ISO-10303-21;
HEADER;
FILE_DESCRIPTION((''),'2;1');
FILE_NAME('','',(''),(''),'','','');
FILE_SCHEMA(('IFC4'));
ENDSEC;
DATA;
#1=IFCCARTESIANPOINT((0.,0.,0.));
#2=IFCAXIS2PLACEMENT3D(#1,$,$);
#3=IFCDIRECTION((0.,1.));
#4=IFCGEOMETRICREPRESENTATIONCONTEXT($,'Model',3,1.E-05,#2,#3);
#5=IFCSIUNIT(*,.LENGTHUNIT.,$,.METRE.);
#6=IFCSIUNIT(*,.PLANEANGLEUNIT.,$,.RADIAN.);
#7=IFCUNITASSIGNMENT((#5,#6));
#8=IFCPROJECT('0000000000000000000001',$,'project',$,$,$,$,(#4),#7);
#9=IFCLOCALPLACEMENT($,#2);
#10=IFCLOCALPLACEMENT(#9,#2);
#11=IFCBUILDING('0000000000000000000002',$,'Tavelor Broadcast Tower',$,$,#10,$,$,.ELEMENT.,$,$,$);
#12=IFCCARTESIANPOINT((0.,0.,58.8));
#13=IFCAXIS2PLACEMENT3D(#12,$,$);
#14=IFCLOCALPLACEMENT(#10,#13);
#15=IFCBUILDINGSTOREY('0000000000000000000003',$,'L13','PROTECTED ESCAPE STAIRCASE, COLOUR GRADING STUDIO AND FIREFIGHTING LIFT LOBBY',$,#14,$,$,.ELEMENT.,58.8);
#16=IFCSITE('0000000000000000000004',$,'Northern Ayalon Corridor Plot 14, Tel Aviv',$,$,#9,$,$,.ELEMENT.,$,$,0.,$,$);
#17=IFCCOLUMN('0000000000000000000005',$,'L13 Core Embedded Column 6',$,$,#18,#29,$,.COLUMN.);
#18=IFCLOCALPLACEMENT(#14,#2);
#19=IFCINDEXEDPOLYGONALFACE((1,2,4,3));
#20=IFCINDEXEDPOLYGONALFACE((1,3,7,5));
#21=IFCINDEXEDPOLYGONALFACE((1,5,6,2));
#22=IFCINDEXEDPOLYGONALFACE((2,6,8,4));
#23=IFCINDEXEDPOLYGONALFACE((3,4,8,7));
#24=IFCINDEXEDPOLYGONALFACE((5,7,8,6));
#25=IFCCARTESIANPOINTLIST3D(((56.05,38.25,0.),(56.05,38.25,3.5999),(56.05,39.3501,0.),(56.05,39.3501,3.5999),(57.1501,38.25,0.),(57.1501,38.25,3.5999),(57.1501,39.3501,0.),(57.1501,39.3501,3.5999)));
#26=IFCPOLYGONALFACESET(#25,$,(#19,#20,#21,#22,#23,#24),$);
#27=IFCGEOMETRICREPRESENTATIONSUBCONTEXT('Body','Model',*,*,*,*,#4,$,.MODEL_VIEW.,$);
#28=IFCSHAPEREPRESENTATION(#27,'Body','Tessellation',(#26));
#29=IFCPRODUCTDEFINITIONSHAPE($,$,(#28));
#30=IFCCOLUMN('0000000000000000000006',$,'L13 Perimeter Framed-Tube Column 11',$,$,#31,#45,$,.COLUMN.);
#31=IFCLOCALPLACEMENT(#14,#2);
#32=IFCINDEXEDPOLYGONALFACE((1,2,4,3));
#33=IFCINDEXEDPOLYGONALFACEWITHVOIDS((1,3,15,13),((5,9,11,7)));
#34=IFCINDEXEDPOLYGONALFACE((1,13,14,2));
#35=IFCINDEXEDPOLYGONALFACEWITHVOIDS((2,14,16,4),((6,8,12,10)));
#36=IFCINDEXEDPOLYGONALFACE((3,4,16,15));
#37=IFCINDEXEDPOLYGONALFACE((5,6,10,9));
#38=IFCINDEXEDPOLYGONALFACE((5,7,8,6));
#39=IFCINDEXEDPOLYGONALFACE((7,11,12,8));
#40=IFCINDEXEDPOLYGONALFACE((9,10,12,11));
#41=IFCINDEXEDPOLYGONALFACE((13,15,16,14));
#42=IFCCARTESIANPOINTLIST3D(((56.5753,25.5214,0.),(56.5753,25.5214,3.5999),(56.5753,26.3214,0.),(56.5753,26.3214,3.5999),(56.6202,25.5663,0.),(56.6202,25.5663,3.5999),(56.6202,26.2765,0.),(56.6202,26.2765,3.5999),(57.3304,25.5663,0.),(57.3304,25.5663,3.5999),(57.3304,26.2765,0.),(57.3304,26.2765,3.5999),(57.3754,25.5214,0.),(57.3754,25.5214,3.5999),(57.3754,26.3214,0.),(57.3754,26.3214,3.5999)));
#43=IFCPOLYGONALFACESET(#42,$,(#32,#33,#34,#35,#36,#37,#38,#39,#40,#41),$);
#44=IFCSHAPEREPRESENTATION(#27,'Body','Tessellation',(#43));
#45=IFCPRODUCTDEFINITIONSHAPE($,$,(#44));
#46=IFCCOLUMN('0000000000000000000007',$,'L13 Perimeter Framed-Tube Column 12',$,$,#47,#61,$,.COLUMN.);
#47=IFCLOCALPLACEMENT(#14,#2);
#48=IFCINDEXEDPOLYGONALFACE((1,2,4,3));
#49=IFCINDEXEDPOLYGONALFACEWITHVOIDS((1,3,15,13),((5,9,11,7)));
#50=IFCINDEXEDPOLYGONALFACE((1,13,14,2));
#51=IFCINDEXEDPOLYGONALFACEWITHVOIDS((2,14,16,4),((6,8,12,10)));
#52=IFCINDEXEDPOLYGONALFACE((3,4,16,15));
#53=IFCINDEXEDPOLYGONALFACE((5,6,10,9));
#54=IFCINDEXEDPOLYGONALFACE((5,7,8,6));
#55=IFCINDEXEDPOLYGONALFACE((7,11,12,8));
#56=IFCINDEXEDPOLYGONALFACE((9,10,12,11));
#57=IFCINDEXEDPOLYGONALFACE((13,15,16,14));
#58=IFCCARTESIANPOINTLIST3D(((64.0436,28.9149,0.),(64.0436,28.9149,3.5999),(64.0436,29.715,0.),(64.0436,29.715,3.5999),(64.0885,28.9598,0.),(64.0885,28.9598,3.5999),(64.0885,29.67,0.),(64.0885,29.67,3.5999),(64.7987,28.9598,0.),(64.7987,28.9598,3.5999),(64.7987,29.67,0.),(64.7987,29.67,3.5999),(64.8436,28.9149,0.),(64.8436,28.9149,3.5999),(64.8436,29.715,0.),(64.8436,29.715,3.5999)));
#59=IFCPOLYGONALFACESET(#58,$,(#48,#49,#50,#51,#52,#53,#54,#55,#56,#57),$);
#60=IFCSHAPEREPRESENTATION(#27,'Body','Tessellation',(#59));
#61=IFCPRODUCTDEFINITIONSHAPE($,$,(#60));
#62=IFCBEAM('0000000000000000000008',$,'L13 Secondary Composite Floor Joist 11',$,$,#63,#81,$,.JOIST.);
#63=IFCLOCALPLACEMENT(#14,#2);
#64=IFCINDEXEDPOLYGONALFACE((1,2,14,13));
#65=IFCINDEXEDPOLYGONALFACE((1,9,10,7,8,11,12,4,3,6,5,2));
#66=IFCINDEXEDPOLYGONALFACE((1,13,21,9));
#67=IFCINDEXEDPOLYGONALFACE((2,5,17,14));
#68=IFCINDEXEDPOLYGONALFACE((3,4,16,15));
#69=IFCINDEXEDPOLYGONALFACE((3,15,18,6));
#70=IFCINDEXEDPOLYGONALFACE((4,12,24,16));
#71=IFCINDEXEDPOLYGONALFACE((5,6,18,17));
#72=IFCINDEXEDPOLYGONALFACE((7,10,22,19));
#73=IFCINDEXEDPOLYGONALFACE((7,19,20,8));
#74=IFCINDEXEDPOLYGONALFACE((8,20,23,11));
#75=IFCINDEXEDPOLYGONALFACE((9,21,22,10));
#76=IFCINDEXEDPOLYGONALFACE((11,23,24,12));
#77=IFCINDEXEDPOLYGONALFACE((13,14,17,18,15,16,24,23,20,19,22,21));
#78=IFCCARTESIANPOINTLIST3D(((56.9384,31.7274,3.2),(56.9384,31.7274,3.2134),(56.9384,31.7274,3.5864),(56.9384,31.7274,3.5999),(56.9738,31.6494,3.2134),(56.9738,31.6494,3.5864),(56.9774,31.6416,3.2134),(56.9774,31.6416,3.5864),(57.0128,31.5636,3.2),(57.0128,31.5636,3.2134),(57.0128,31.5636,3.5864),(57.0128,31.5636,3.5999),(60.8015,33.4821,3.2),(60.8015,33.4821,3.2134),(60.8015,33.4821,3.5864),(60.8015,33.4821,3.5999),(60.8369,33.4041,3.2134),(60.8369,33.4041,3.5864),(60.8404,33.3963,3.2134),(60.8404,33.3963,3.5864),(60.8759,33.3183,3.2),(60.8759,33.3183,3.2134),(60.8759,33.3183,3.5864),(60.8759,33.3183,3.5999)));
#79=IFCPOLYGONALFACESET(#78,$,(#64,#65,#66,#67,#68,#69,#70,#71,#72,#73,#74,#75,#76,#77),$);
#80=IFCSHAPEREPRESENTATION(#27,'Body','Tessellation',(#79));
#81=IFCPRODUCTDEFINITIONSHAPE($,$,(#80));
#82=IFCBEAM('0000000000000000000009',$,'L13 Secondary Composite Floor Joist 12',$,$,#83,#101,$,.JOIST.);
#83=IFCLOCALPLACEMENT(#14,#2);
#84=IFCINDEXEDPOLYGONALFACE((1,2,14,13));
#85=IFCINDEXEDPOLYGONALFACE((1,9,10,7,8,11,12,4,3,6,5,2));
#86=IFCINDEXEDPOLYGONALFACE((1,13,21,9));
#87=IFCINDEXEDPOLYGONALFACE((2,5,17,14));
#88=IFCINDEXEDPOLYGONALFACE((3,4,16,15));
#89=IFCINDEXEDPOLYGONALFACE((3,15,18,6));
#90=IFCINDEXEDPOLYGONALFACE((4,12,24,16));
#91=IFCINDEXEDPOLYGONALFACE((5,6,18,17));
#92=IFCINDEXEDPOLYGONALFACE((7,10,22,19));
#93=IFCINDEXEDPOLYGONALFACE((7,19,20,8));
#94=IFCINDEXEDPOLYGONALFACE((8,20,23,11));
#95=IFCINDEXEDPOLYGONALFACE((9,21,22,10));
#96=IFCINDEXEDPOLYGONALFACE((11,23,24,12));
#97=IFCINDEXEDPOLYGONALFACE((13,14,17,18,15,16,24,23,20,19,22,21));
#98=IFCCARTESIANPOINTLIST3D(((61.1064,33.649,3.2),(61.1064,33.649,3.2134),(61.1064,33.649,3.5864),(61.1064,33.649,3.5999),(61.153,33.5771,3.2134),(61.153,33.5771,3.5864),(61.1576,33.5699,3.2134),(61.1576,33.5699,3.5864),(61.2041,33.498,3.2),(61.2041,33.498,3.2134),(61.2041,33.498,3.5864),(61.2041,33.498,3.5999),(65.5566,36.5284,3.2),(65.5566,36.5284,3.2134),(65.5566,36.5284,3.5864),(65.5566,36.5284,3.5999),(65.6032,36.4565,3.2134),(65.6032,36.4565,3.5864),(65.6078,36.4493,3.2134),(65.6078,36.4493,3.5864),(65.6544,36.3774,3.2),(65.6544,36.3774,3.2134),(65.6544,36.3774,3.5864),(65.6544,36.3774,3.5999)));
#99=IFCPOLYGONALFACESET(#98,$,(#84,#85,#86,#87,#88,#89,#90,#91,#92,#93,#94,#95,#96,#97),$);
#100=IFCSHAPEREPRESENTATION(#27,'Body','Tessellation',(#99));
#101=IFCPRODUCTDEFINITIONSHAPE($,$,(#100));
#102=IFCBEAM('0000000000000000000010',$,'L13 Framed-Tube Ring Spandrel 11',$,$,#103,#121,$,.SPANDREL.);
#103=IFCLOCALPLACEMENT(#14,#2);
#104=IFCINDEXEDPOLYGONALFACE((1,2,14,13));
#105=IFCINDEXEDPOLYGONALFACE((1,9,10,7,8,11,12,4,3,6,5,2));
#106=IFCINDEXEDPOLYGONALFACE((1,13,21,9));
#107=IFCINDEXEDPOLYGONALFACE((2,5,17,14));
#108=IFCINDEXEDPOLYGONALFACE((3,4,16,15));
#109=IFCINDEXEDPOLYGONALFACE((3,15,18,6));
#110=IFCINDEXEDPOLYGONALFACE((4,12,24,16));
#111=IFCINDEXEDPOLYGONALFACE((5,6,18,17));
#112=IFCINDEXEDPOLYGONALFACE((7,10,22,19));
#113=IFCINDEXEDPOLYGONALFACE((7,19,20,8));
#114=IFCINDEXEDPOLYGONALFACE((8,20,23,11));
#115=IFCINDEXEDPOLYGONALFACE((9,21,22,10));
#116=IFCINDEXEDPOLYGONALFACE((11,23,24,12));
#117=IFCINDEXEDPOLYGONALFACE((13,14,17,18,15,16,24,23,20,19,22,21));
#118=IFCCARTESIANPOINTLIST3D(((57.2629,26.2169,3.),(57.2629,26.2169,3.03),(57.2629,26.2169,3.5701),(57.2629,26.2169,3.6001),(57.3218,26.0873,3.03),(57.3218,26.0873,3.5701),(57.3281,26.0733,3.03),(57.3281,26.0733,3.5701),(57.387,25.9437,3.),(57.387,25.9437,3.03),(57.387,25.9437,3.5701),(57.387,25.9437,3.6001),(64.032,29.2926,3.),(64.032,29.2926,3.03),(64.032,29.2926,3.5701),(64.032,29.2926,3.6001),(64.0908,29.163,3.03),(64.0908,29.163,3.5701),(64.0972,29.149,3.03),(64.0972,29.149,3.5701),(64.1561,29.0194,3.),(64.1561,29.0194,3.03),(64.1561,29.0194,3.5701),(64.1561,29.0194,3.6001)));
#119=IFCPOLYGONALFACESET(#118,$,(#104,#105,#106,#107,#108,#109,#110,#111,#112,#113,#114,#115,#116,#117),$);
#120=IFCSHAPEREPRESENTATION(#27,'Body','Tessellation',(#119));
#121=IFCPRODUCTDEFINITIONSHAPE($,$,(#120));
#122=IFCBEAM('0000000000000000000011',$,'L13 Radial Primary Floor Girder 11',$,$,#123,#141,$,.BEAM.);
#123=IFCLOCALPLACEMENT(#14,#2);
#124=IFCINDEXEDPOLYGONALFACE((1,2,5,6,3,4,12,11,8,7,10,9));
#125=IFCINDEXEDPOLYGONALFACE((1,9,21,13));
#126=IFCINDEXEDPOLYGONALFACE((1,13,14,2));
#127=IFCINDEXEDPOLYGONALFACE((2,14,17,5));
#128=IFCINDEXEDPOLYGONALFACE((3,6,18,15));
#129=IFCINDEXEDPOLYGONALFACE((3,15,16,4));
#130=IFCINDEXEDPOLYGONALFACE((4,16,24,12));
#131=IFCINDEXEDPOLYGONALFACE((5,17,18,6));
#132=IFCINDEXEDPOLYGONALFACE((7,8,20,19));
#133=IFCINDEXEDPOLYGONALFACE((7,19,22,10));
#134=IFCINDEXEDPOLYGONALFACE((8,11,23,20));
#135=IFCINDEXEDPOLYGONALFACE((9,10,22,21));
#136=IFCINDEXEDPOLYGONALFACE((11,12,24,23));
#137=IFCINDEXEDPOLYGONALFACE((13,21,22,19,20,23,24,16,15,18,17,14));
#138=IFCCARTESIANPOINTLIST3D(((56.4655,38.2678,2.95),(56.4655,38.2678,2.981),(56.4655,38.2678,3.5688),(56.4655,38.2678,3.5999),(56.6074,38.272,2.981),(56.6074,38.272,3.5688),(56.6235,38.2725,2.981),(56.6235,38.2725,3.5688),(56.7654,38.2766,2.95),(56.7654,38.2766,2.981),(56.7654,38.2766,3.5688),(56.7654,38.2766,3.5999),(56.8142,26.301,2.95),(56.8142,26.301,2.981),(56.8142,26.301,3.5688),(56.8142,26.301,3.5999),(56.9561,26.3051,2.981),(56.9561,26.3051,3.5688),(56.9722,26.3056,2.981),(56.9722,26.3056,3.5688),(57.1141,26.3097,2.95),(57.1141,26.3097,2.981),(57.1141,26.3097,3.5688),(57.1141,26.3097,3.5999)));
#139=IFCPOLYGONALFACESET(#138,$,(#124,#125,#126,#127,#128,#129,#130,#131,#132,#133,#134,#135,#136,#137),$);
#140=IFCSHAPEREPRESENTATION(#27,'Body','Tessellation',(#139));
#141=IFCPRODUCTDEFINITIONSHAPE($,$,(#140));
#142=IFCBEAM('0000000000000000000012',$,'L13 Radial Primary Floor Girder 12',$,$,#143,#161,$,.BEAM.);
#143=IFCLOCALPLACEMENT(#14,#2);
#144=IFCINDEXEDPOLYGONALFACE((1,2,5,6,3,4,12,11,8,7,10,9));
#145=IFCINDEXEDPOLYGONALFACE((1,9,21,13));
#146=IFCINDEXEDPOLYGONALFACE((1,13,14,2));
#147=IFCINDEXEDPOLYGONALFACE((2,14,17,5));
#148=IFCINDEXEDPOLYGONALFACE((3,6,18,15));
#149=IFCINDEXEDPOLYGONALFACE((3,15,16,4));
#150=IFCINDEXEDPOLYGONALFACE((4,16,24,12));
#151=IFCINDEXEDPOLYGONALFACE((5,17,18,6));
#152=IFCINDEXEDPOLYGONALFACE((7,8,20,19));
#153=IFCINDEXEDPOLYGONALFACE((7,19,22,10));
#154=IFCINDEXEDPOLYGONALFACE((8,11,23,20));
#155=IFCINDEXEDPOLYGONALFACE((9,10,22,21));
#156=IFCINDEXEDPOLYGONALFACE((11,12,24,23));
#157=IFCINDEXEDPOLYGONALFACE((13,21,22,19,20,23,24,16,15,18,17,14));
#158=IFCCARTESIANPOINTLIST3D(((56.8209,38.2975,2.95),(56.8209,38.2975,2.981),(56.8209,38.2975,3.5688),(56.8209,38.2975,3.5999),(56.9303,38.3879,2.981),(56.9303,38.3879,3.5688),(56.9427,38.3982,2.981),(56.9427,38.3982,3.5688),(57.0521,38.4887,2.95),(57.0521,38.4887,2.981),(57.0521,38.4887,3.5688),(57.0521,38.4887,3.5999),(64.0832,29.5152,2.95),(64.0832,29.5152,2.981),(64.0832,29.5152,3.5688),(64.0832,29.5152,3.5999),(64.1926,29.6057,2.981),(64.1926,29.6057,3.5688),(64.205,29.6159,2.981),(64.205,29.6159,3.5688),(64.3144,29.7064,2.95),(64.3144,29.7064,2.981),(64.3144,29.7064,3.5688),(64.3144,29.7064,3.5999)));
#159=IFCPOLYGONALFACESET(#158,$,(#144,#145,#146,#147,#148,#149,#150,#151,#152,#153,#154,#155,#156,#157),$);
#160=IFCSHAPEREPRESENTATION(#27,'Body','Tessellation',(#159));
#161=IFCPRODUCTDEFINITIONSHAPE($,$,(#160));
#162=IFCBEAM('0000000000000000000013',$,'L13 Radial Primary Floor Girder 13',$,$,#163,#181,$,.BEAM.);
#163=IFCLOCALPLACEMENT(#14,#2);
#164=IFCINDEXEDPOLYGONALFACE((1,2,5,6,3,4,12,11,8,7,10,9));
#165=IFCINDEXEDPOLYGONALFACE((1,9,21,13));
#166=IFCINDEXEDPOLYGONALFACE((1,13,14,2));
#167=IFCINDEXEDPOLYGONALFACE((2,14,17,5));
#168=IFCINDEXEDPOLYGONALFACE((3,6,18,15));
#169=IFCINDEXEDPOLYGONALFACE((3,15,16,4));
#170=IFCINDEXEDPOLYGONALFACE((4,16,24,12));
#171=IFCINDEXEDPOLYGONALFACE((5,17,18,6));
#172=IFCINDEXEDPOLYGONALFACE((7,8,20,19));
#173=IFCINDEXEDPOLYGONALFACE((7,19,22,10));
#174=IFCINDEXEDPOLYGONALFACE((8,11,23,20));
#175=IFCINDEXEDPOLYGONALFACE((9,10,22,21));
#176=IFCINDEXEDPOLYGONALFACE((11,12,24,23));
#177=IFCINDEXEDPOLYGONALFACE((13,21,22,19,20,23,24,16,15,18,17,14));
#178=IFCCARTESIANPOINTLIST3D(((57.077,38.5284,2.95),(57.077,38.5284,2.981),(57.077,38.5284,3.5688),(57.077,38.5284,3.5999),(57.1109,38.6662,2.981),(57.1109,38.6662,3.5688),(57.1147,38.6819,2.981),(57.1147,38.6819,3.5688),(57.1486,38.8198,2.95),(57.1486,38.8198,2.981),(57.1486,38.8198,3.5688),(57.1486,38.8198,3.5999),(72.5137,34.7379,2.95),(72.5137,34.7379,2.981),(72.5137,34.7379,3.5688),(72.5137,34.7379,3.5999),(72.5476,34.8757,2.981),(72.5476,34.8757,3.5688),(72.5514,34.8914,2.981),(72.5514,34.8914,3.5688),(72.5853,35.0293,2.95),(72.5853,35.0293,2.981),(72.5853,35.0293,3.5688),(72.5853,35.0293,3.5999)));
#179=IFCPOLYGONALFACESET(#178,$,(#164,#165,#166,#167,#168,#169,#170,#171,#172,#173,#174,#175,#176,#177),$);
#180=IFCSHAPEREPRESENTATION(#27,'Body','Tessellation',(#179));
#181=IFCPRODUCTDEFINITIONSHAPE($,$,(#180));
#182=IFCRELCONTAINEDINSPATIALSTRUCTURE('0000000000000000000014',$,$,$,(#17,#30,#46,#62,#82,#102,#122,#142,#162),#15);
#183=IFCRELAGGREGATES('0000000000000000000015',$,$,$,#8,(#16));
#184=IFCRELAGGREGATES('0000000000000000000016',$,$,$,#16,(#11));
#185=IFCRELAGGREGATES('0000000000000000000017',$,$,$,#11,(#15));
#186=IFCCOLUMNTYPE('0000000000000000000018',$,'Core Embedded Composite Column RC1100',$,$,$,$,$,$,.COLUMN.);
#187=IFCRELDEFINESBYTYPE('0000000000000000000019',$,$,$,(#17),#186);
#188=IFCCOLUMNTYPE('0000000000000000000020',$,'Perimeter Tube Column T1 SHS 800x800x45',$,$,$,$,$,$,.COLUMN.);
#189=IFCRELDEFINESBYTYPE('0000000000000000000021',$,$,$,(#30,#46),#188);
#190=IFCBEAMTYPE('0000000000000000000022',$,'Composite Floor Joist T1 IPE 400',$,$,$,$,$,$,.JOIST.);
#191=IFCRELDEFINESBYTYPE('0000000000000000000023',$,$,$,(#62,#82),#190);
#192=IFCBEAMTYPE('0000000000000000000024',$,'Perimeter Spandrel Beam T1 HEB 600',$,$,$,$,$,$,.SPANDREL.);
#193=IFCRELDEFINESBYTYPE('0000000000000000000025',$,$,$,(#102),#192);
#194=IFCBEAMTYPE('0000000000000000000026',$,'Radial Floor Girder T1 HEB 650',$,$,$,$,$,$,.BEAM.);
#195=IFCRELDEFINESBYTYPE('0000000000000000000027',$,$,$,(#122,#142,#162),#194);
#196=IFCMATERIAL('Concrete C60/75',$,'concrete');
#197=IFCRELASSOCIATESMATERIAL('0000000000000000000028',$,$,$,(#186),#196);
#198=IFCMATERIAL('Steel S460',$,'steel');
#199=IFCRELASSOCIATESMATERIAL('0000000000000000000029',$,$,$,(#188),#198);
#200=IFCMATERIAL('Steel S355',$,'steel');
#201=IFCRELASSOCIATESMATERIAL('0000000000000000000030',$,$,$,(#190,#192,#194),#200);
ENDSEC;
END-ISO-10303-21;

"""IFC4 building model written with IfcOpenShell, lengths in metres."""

from ifc_helpers import new_model, si_unit, direction, frame, origin, origin_2d, place, context, subcontext, project, spatial, rectangle, hollow_rectangle, i_section, extrude, material, material_profile, profile_set, type_object, element, save


model = new_model("IFC4")

# Units and contexts
model_context = context("Model", 3, precision=1e-05, world=origin(), true_north=direction((0.0, 1.0)))
body_context = subcontext(model_context, "Body", "Model", "MODEL_VIEW")
ifc_project = project(units=[si_unit("LENGTHUNIT", "METRE"), si_unit("PLANEANGLEUNIT", "RADIAN")], contexts=[model_context])

# Site, building, storey
site_placement = place(None, origin())
site = spatial("IfcSite", under=ifc_project, at=site_placement, Name="Northern Ayalon Corridor Plot 14, Tel Aviv", CompositionType="ELEMENT", RefElevation=0.0)
building_placement = place(site_placement, origin())
building = spatial("IfcBuilding", under=site, at=building_placement, Name="Tavelor Broadcast Tower", CompositionType="ELEMENT")
storey_placement = place(building_placement, frame((0.0, 0.0, 58.8)))
storey = spatial("IfcBuildingStorey", under=building, at=storey_placement, Name="L13", Description="PROTECTED ESCAPE STAIRCASE, COLOUR GRADING STUDIO AND FIREFIGHTING LIFT LOBBY", CompositionType="ELEMENT", Elevation=58.8)

# Columns
ifc_material_1 = material(Name="Concrete C60/75", Category="concrete")
ifc_material_profile_1 = material_profile(ifc_material_1, rectangle(XDim=1.1001, YDim=1.1001, at=origin_2d()), Name="RC 1100x1100")
ifc_profile_set_1 = profile_set([ifc_material_profile_1], Name="Concrete C60/75")
column_type_1 = type_object("IfcColumnType", Name="Core Embedded Composite Column RC1100", PredefinedType="COLUMN", material=ifc_profile_set_1)
column_placement = place(storey_placement, frame((56.6001, 38.8, 0.0), z_axis=(0.0, 0.0, 1.0), x_axis=(1.0, 0.0, 0.0)))
element("IfcColumn", 1, at=column_placement, inside=storey, type_object=column_type_1, Name="L13 Core Embedded Column 6", PredefinedType="COLUMN", context=body_context, shape_type="SweptSolid", body=[
    extrude(rectangle(XDim=1.1001, YDim=1.1001, at=origin_2d()), origin(), (0.0, 0.0, 1.0), 3.5999),
])
ifc_material_2 = material(Name="Steel S460", Category="steel")
ifc_material_profile_2 = material_profile(ifc_material_2, hollow_rectangle(XDim=0.8, YDim=0.8, WallThickness=0.0449, at=origin_2d()), Name="SHS 800x800x45")
ifc_profile_set_2 = profile_set([ifc_material_profile_2], Name="Steel S460")
column_type_2 = type_object("IfcColumnType", Name="Perimeter Tube Column T1 SHS 800x800x45", PredefinedType="COLUMN", material=ifc_profile_set_2)
for number, where, z_axis, x_axis, name in (
    (2, (56.9753, 25.9214, 0.0), (0.0, 0.0, 1.0), (1.0, 0.0, 0.0), "L13 Perimeter Framed-Tube Column 11"),
    (3, (64.4436, 29.3149, 0.0), (0.0, 0.0, 1.0), (1.0, 0.0, 0.0), "L13 Perimeter Framed-Tube Column 12"),
):
    element("IfcColumn", number, at=place(storey_placement, frame(where, z_axis=z_axis, x_axis=x_axis)), inside=storey, type_object=column_type_2, Name=name, PredefinedType="COLUMN", context=body_context, shape_type="SweptSolid", body=[
        extrude(hollow_rectangle(XDim=0.8, YDim=0.8, WallThickness=0.0449, at=origin_2d()), origin(), (0.0, 0.0, 1.0), 3.5999),
    ])

# Beams
ifc_material_3 = material(Name="Steel S355", Category="steel")
ifc_material_profile_3 = material_profile(ifc_material_3, i_section(OverallWidth=0.1799, OverallDepth=0.3999, WebThickness=0.0085, FlangeThickness=0.0134, at=origin_2d()), Name="IPE 400")
ifc_profile_set_3 = profile_set([ifc_material_profile_3], Name="Steel S355")
beam_type_1 = type_object("IfcBeamType", Name="Composite Floor Joist T1 IPE 400", PredefinedType="JOIST", material=ifc_profile_set_3)
beam_1_placement = place(storey_placement, frame((56.9756, 31.6455, 3.3999), z_axis=(0.910481, 0.413551, 0.0), x_axis=(-0.413551, 0.910481, 0.0)))
element("IfcBeam", 4, at=beam_1_placement, inside=storey, type_object=beam_type_1, Name="L13 Secondary Composite Floor Joist 11", PredefinedType="JOIST", context=body_context, shape_type="SweptSolid", body=[
    extrude(i_section(OverallWidth=0.1799, OverallDepth=0.3999, WebThickness=0.0085, FlangeThickness=0.0134, at=origin_2d()), origin(), (0.0, 0.0, 1.0), 4.2429),
])
beam_2_placement = place(storey_placement, frame((61.1553, 33.5735, 3.3999), z_axis=(0.839583, 0.543232, 0.0), x_axis=(-0.543232, 0.839583, 0.0)))
element("IfcBeam", 5, at=beam_2_placement, inside=storey, type_object=beam_type_1, Name="L13 Secondary Composite Floor Joist 12", PredefinedType="JOIST", context=body_context, shape_type="SweptSolid", body=[
    extrude(i_section(OverallWidth=0.1799, OverallDepth=0.3999, WebThickness=0.0085, FlangeThickness=0.0134, at=origin_2d()), origin(), (0.0, 0.0, 1.0), 5.3005),
])
ifc_material_profile_4 = material_profile(ifc_material_3, i_section(OverallWidth=0.3, OverallDepth=0.6001, WebThickness=0.0154, FlangeThickness=0.03, at=origin_2d()), Name="HEB 600")
ifc_profile_set_4 = profile_set([ifc_material_profile_4], Name="Steel S355")
beam_type_2 = type_object("IfcBeamType", Name="Perimeter Spandrel Beam T1 HEB 600", PredefinedType="SPANDREL", material=ifc_profile_set_4)
beam_3_placement = place(storey_placement, frame((57.325, 26.0803, 3.3), z_axis=(0.910425, 0.413674, 0.0), x_axis=(-0.413674, 0.910425, 0.0)))
element("IfcBeam", 6, at=beam_3_placement, inside=storey, type_object=beam_type_2, Name="L13 Framed-Tube Ring Spandrel 11", PredefinedType="SPANDREL", context=body_context, shape_type="SweptSolid", body=[
    extrude(i_section(OverallWidth=0.3, OverallDepth=0.6001, WebThickness=0.0154, FlangeThickness=0.03, at=origin_2d()), origin(), (0.0, 0.0, 1.0), 7.4351),
])
ifc_material_profile_5 = material_profile(ifc_material_3, i_section(OverallWidth=0.3, OverallDepth=0.6499, WebThickness=0.0161, FlangeThickness=0.031, at=origin_2d()), Name="HEB 650")
ifc_profile_set_5 = profile_set([ifc_material_profile_5], Name="Steel S355")
beam_type_3 = type_object("IfcBeamType", Name="Radial Floor Girder T1 HEB 650", PredefinedType="BEAM", material=ifc_profile_set_5)
beam_4_placement = place(storey_placement, frame((56.6155, 38.2722, 3.2749), z_axis=(0.029121, -0.999576, 0.0), x_axis=(0.999576, 0.029121, 0.0)))
element("IfcBeam", 7, at=beam_4_placement, inside=storey, type_object=beam_type_3, Name="L13 Radial Primary Floor Girder 11", PredefinedType="BEAM", context=body_context, shape_type="SweptSolid", body=[
    extrude(i_section(OverallWidth=0.3, OverallDepth=0.6499, WebThickness=0.0161, FlangeThickness=0.031, at=origin_2d()), origin(), (0.0, 0.0, 1.0), 11.9719),
])
beam_5_placement = place(storey_placement, frame((56.9365, 38.3931, 3.2749), z_axis=(0.637263, -0.770646, 0.0), x_axis=(0.770646, 0.637263, 0.0)))
element("IfcBeam", 8, at=beam_5_placement, inside=storey, type_object=beam_type_3, Name="L13 Radial Primary Floor Girder 12", PredefinedType="BEAM", context=body_context, shape_type="SweptSolid", body=[
    extrude(i_section(OverallWidth=0.3, OverallDepth=0.6499, WebThickness=0.0161, FlangeThickness=0.031, at=origin_2d()), origin(), (0.0, 0.0, 1.0), 11.396),
])
beam_6_placement = place(storey_placement, frame((57.1128, 38.6741, 3.2749), z_axis=(0.97115, -0.238468, 0.0), x_axis=(0.238468, 0.97115, 0.0)))
element("IfcBeam", 9, at=beam_6_placement, inside=storey, type_object=beam_type_3, Name="L13 Radial Primary Floor Girder 13", PredefinedType="BEAM", context=body_context, shape_type="SweptSolid", body=[
    extrude(i_section(OverallWidth=0.3, OverallDepth=0.6499, WebThickness=0.0161, FlangeThickness=0.031, at=origin_2d()), origin(), (0.0, 0.0, 1.0), 15.8953),
])

save(model, "model.ifc")
